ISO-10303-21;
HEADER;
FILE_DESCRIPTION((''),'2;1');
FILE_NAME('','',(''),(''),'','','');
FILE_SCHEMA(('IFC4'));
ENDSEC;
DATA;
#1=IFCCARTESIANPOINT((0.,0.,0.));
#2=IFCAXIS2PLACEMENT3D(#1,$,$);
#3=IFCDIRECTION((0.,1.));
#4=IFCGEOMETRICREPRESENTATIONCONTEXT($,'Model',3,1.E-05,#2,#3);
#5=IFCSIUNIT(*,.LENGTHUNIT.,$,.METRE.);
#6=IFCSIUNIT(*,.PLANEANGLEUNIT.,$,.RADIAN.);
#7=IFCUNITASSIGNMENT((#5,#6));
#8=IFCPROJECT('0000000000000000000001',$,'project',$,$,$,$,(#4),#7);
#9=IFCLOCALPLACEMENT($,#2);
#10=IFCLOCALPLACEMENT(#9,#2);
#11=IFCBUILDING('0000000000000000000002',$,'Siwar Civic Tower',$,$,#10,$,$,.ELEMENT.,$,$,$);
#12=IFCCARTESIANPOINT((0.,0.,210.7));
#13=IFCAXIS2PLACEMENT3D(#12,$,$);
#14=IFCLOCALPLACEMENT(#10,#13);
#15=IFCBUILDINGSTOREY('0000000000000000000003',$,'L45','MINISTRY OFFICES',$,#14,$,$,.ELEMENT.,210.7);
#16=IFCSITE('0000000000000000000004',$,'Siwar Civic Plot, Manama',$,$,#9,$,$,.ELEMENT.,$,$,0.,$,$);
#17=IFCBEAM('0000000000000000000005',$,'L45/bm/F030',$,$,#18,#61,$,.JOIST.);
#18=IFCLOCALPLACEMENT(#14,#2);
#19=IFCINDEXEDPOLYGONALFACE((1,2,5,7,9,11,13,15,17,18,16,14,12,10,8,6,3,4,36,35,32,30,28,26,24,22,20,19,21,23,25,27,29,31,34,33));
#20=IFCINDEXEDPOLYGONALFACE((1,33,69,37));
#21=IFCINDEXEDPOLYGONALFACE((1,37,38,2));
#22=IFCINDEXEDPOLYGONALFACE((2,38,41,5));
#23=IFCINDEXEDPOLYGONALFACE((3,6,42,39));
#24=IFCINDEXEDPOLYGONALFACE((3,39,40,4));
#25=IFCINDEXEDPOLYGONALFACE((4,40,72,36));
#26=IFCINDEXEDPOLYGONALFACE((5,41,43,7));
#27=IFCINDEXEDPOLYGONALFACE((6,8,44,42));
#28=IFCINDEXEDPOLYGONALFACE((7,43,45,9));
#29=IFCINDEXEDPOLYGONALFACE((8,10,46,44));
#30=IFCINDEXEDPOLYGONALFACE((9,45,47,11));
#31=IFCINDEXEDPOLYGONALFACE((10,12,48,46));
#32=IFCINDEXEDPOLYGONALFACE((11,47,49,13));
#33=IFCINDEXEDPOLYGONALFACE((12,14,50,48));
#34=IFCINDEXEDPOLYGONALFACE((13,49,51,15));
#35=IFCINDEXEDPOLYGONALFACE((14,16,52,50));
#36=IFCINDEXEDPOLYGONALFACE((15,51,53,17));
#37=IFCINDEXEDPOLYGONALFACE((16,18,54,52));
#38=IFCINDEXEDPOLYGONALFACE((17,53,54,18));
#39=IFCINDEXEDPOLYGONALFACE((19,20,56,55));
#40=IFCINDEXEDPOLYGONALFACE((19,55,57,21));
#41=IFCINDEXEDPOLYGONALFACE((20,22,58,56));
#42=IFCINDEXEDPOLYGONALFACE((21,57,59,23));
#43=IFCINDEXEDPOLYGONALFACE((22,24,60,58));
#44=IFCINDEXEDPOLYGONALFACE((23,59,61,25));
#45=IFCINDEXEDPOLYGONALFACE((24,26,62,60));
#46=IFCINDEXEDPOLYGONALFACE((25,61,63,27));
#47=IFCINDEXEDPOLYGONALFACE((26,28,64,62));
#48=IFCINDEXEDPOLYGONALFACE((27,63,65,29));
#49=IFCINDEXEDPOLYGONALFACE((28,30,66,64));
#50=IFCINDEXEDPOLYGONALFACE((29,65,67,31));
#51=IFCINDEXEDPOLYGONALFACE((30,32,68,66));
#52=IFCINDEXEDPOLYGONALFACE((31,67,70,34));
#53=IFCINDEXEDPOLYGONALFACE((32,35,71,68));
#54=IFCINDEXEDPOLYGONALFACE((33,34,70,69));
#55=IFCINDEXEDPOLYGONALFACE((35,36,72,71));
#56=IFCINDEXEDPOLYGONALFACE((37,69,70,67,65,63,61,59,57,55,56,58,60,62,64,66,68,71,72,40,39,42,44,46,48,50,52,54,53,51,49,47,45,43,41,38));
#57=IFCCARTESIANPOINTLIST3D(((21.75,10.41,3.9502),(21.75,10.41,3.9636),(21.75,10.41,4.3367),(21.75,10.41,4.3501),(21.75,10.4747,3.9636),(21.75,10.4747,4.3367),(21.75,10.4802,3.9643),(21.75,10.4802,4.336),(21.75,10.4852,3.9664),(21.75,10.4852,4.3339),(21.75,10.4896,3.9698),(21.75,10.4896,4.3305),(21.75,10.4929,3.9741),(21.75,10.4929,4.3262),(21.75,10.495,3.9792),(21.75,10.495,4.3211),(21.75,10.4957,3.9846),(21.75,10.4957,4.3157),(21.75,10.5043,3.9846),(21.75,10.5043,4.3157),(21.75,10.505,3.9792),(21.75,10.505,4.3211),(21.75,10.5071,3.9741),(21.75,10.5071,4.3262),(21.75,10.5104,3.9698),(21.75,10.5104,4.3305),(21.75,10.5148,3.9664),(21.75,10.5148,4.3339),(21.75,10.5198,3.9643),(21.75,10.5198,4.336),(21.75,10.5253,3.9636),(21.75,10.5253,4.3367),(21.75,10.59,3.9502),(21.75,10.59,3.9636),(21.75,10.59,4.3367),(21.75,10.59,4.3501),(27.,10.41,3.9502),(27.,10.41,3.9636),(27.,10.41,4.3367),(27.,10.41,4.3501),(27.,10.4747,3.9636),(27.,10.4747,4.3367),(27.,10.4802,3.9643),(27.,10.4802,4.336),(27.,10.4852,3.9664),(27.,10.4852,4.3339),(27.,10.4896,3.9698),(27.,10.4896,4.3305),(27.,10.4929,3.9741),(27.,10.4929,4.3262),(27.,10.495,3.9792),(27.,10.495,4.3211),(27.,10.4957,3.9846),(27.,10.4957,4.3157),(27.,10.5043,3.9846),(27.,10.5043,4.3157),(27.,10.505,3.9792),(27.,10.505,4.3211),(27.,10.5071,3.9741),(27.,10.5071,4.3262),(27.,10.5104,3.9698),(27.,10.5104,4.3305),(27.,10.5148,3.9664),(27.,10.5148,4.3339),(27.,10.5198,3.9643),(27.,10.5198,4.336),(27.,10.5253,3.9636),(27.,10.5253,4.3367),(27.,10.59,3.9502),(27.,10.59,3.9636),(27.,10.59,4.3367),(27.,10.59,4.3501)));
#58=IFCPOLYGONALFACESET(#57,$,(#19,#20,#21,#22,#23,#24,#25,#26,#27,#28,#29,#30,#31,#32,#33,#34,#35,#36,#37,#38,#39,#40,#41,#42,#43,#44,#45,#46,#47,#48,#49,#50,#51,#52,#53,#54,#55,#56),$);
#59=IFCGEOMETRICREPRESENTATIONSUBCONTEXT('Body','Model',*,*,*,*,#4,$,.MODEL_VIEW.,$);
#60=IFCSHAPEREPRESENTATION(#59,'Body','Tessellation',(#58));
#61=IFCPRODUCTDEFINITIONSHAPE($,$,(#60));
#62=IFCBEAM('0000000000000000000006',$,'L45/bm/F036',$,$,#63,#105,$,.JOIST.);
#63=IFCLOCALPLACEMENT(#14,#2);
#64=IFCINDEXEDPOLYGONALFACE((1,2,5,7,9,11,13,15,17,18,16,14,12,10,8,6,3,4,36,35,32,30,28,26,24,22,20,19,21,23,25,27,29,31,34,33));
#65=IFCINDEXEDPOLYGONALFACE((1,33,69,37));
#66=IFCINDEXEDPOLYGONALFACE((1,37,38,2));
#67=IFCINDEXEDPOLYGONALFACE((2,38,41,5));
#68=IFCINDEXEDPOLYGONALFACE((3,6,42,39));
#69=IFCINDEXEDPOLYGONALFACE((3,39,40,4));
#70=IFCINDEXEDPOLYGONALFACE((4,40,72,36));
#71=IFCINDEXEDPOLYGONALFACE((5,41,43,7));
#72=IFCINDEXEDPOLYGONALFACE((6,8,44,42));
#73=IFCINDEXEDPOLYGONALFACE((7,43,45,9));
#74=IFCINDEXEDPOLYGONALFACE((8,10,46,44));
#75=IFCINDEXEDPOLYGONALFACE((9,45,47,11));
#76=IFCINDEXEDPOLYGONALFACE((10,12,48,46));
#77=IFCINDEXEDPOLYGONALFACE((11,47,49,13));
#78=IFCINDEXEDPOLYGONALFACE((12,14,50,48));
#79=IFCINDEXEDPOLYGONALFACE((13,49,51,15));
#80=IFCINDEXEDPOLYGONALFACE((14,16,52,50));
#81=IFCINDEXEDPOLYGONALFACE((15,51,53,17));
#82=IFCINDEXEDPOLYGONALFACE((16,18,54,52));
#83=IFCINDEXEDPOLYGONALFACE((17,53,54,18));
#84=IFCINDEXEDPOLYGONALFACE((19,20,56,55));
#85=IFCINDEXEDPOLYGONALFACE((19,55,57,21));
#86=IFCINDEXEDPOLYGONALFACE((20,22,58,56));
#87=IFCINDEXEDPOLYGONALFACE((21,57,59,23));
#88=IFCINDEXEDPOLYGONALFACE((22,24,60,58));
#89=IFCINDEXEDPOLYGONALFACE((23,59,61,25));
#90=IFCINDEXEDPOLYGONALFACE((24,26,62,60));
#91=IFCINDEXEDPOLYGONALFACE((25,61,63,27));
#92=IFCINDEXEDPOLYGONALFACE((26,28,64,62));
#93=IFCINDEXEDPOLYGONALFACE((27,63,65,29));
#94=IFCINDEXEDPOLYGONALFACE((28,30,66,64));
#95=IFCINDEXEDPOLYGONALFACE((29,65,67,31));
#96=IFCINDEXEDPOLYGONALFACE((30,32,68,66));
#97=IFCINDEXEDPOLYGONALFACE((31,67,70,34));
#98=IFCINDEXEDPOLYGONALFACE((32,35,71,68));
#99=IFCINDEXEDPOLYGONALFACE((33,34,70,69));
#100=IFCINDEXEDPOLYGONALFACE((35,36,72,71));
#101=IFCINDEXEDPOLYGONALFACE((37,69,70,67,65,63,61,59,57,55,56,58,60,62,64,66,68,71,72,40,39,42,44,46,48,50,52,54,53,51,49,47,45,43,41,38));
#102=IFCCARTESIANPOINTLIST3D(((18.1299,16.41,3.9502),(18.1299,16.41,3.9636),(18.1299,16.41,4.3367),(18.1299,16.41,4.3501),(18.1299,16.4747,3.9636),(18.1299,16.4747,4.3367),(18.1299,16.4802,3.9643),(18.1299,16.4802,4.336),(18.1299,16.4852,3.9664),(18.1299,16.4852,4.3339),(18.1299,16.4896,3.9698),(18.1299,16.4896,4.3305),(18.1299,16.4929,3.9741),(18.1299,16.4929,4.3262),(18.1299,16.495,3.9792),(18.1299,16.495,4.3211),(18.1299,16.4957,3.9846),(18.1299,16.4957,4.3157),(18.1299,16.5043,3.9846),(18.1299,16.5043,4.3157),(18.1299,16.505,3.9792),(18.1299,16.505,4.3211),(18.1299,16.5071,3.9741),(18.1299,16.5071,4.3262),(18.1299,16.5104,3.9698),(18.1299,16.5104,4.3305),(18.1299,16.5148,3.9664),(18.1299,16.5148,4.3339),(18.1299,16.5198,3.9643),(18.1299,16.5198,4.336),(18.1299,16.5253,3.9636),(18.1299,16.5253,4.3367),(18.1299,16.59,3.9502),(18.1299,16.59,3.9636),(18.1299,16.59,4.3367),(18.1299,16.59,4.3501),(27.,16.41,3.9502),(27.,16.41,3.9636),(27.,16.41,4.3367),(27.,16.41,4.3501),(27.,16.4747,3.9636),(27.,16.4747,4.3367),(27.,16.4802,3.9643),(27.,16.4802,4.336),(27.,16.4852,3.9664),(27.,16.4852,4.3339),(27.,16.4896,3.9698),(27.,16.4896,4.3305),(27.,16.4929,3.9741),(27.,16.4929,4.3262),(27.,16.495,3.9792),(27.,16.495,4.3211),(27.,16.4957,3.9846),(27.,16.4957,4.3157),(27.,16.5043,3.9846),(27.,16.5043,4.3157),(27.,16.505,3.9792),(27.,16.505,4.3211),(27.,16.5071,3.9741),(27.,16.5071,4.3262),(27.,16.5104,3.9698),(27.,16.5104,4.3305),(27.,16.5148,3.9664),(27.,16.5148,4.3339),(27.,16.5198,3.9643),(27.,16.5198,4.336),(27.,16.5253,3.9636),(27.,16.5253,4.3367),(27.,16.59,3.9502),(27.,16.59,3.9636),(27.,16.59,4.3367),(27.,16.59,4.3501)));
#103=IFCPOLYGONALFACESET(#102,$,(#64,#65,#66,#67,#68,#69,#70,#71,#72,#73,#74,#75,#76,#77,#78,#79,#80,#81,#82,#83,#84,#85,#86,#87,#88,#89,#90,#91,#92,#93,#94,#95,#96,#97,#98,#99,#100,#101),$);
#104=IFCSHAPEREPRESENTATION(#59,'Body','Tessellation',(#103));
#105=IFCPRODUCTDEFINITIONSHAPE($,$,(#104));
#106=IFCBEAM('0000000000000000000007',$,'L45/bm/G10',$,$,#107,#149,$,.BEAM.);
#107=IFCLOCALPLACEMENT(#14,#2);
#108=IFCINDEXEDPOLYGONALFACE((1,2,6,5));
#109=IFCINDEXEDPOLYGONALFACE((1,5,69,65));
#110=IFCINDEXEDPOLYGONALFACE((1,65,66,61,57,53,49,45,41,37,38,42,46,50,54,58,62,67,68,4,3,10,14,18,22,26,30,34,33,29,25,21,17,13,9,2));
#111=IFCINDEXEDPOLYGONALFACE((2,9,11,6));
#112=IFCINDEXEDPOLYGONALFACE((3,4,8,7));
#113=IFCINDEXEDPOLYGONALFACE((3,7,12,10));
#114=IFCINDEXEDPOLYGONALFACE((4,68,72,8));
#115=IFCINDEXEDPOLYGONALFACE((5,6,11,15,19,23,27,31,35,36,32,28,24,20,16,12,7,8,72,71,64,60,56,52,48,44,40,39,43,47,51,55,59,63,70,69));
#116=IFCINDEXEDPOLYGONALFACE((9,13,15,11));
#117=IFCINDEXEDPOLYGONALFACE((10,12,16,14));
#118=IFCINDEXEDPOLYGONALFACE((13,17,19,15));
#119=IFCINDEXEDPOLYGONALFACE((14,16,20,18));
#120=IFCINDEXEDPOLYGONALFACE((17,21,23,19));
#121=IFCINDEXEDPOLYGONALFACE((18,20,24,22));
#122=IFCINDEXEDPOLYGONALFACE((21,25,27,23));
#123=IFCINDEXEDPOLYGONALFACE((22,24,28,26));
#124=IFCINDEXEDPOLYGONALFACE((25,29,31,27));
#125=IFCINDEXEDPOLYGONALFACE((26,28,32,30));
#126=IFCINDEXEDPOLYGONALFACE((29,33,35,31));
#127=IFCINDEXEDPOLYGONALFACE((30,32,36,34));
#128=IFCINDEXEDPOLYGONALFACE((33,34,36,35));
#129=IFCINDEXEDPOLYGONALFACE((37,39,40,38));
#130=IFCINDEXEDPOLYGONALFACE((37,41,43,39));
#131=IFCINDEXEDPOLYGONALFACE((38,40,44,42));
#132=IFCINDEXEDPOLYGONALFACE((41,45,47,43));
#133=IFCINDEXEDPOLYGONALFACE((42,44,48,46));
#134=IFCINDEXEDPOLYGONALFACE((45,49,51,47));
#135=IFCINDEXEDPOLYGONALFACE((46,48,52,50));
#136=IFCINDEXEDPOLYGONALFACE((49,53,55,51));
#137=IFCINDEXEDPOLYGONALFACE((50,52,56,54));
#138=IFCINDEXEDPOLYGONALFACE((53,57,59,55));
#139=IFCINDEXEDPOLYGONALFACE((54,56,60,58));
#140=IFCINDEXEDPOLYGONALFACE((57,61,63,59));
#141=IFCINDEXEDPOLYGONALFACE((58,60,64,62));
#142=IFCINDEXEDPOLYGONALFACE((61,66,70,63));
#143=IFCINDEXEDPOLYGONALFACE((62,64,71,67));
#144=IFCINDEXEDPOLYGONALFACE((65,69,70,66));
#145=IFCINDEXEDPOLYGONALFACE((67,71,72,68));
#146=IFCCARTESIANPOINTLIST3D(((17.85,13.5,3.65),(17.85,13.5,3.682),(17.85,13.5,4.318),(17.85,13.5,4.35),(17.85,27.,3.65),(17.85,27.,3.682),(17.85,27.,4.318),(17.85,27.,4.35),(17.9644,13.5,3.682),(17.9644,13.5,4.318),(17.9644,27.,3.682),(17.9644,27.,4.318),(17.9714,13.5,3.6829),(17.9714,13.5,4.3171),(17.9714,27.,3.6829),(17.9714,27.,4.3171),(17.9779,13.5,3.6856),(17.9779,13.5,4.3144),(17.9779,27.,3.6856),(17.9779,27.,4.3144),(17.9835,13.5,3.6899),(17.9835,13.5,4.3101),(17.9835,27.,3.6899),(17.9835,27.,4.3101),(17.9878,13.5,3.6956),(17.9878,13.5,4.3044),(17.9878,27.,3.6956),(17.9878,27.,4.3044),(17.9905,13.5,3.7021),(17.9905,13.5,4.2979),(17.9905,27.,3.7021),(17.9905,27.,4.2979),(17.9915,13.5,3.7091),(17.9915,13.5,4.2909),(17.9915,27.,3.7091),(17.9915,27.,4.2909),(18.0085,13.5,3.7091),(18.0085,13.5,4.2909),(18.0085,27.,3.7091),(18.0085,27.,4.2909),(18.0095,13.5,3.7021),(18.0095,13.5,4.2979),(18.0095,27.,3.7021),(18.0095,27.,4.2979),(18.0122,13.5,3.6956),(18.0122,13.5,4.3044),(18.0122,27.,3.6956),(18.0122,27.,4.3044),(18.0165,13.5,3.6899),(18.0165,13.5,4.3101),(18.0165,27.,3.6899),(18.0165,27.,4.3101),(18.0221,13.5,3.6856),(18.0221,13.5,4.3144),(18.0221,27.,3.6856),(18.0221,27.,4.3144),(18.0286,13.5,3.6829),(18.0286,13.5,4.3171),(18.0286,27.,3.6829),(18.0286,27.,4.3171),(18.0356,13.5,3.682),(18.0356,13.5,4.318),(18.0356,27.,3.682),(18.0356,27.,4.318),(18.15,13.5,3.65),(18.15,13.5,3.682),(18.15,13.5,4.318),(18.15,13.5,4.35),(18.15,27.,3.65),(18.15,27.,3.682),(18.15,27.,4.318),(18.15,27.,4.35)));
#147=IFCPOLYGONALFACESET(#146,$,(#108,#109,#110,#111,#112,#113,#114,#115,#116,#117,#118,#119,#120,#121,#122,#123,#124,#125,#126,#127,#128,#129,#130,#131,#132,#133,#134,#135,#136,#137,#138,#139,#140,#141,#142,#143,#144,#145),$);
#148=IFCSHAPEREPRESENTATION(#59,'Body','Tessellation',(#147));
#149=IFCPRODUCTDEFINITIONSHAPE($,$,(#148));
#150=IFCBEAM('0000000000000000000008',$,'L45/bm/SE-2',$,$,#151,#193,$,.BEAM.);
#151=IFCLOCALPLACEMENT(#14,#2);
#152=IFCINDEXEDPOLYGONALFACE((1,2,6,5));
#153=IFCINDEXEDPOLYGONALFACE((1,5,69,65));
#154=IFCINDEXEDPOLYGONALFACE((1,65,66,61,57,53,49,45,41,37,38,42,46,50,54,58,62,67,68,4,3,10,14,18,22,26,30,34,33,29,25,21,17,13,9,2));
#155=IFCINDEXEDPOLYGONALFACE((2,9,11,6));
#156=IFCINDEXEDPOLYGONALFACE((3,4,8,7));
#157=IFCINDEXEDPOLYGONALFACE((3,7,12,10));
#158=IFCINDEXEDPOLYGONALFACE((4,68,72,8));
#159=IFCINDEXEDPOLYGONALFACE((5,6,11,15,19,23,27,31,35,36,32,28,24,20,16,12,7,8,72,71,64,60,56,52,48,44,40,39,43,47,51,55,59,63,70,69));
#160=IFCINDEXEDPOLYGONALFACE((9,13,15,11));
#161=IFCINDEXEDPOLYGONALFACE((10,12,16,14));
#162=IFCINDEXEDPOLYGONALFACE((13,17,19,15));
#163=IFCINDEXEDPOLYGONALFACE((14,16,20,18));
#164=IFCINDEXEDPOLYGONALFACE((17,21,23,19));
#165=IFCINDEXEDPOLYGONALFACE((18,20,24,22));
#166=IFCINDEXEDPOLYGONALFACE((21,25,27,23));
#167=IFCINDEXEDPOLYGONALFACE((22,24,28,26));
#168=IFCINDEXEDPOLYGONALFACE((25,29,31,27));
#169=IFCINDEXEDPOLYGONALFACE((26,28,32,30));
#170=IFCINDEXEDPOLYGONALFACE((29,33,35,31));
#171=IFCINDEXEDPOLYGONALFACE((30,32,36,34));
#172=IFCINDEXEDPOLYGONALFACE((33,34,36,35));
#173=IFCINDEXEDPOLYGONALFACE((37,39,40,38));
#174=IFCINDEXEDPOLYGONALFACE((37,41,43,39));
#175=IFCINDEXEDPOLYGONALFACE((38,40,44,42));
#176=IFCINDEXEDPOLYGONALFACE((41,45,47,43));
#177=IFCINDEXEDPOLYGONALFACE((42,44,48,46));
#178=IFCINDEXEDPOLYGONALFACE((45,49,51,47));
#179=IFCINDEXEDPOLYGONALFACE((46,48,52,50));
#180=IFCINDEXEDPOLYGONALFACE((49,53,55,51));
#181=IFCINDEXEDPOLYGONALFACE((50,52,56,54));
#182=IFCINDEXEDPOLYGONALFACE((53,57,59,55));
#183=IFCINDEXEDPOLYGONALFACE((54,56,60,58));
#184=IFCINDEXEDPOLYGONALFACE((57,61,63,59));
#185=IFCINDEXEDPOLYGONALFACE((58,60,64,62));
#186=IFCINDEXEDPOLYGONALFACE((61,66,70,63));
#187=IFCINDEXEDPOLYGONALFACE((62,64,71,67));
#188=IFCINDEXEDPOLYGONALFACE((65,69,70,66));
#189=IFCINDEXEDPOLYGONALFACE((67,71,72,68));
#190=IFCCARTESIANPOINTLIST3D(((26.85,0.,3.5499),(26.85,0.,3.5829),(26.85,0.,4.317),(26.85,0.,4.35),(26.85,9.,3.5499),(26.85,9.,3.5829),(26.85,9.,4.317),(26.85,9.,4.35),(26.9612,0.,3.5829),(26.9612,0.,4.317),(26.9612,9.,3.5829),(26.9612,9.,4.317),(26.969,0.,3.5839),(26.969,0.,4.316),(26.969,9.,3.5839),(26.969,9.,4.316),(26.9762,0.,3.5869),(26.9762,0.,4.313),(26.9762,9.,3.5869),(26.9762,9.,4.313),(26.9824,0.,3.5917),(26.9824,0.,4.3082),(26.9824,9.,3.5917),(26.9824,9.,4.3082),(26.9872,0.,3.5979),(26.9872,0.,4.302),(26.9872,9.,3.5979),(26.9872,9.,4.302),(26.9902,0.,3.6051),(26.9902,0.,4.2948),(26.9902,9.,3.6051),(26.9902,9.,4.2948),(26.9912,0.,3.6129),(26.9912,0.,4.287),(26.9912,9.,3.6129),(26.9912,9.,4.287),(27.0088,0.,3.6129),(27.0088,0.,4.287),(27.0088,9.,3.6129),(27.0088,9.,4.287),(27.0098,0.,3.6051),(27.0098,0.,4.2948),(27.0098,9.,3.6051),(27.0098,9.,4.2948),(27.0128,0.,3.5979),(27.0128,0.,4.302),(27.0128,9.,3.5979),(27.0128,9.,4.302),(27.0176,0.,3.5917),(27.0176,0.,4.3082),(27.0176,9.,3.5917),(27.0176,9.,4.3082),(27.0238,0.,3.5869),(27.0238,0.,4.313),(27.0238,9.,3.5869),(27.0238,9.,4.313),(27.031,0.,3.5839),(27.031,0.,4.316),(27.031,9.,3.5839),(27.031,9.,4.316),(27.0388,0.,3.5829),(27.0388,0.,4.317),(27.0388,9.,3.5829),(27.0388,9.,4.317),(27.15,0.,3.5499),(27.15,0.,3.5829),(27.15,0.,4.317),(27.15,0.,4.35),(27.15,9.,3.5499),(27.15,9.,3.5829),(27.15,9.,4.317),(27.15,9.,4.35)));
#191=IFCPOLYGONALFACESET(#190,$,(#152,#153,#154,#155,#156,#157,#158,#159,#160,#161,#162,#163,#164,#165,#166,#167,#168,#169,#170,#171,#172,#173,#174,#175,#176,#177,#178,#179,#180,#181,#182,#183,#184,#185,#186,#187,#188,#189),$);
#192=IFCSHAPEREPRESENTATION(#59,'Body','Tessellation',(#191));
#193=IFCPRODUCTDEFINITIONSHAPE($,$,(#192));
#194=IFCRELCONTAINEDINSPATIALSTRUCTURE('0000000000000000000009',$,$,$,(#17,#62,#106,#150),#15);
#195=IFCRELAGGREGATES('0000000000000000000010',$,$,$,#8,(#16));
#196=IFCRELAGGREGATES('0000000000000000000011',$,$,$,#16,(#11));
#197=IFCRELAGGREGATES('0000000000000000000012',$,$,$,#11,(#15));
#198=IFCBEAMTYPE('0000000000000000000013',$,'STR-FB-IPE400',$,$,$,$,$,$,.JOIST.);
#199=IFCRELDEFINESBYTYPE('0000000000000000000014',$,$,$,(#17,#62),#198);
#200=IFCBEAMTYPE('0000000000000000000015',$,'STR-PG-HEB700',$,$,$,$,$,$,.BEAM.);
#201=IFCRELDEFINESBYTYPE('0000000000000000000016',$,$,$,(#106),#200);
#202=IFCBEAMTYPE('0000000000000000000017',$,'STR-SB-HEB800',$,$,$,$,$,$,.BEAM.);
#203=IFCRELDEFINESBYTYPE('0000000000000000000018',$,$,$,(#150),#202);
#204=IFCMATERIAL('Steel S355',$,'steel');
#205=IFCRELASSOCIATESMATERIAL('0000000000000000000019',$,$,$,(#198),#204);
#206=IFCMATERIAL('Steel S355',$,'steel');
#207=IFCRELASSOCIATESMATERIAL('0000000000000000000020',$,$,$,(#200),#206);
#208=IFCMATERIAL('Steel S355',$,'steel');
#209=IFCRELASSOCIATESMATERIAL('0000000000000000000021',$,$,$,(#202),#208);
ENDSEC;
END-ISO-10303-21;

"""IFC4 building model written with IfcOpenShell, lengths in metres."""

from ifc_helpers import new_model, si_unit, direction, frame, origin, origin_2d, place, context, subcontext, project, spatial, i_section, extrude, material, material_profile, profile_set, type_object, element, save


model = new_model("IFC4")

# Units and contexts
model_context = context("Model", 3, precision=1e-05, world=origin(), true_north=direction((0.0, 1.0)))
body_context = subcontext(model_context, "Body", "Model", "MODEL_VIEW")
ifc_project = project(units=[si_unit("LENGTHUNIT", "METRE"), si_unit("PLANEANGLEUNIT", "RADIAN")], contexts=[model_context])

# Site, building, storey
site_placement = place(None, origin())
site = spatial("IfcSite", under=ifc_project, at=site_placement, Name="Siwar Civic Plot, Manama", CompositionType="ELEMENT", RefElevation=0.0)
building_placement = place(site_placement, origin())
building = spatial("IfcBuilding", under=site, at=building_placement, Name="Siwar Civic Tower", CompositionType="ELEMENT")
storey_placement = place(building_placement, frame((0.0, 0.0, 210.7)))
storey = spatial("IfcBuildingStorey", under=building, at=storey_placement, Name="L45", Description="MINISTRY OFFICES", CompositionType="ELEMENT", Elevation=210.7)

# Beams
ifc_material_1 = material(Name="Steel S355", Category="steel")
ifc_material_profile_1 = material_profile(ifc_material_1, i_section(OverallWidth=0.1799, OverallDepth=0.3999, WebThickness=0.0085, FlangeThickness=0.0134, FilletRadius=0.021, at=origin_2d()), Name="IPE400")
ifc_profile_set_1 = profile_set([ifc_material_profile_1], Name="Steel S355")
beam_type_1 = type_object("IfcBeamType", Name="STR-FB-IPE400", PredefinedType="JOIST", material=ifc_profile_set_1)
for number, where, z_axis, x_axis, name in (
    (1, (21.75, 10.5, 4.1501), (1.0, 0.0, 0.0), (0.0, 1.0, 0.0), "L45/bm/F030"),
):
    element("IfcBeam", number, at=place(storey_placement, frame(where, z_axis=z_axis, x_axis=x_axis)), inside=storey, type_object=beam_type_1, Name=name, PredefinedType="JOIST", context=body_context, shape_type="SweptSolid", body=[
        extrude(i_section(OverallWidth=0.1799, OverallDepth=0.3999, WebThickness=0.0085, FlangeThickness=0.0134, FilletRadius=0.021, at=origin_2d()), origin(), (0.0, 0.0, 1.0), 5.25),
    ])
beam_1_placement = place(storey_placement, frame((18.1299, 16.5, 4.1501), z_axis=(1.0, 0.0, 0.0), x_axis=(0.0, 1.0, 0.0)))
element("IfcBeam", 2, at=beam_1_placement, inside=storey, type_object=beam_type_1, Name="L45/bm/F036", PredefinedType="JOIST", context=body_context, shape_type="SweptSolid", body=[
    extrude(i_section(OverallWidth=0.1799, OverallDepth=0.3999, WebThickness=0.0085, FlangeThickness=0.0134, FilletRadius=0.021, at=origin_2d()), origin(), (0.0, 0.0, 1.0), 8.8701),
])
ifc_material_2 = material(Name="Steel S355", Category="steel")
ifc_material_profile_2 = material_profile(ifc_material_2, i_section(OverallWidth=0.3, OverallDepth=0.7, WebThickness=0.0171, FlangeThickness=0.032, FilletRadius=0.0271, at=origin_2d()), Name="HEB700")
ifc_profile_set_2 = profile_set([ifc_material_profile_2], Name="Steel S355")
beam_type_2 = type_object("IfcBeamType", Name="STR-PG-HEB700", PredefinedType="BEAM", material=ifc_profile_set_2)
beam_2_placement = place(storey_placement, frame((18.0, 13.5, 4.0), z_axis=(0.0, 1.0, 0.0), x_axis=(-1.0, 0.0, 0.0)))
element("IfcBeam", 3, at=beam_2_placement, inside=storey, type_object=beam_type_2, Name="L45/bm/G10", PredefinedType="BEAM", context=body_context, shape_type="SweptSolid", body=[
    extrude(i_section(OverallWidth=0.3, OverallDepth=0.7, WebThickness=0.0171, FlangeThickness=0.032, FilletRadius=0.0271, at=origin_2d()), origin(), (0.0, 0.0, 1.0), 13.5),
])
ifc_material_3 = material(Name="Steel S355", Category="steel")
ifc_material_profile_3 = material_profile(ifc_material_3, i_section(OverallWidth=0.3, OverallDepth=0.8, WebThickness=0.0176, FlangeThickness=0.033, FilletRadius=0.03, at=origin_2d()), Name="HEB800")
ifc_profile_set_3 = profile_set([ifc_material_profile_3], Name="Steel S355")
beam_type_3 = type_object("IfcBeamType", Name="STR-SB-HEB800", PredefinedType="BEAM", material=ifc_profile_set_3)
for number, where, z_axis, x_axis, name in (
    (4, (27.0, 0.0, 3.95), (0.0, 1.0, 0.0), (-1.0, 0.0, 0.0), "L45/bm/SE-2"),
):
    element("IfcBeam", number, at=place(storey_placement, frame(where, z_axis=z_axis, x_axis=x_axis)), inside=storey, type_object=beam_type_3, Name=name, PredefinedType="BEAM", context=body_context, shape_type="SweptSolid", body=[
        extrude(i_section(OverallWidth=0.3, OverallDepth=0.8, WebThickness=0.0176, FlangeThickness=0.033, FilletRadius=0.03, at=origin_2d()), origin(), (0.0, 0.0, 1.0), 9.0),
    ])

save(model, "model.ifc")
